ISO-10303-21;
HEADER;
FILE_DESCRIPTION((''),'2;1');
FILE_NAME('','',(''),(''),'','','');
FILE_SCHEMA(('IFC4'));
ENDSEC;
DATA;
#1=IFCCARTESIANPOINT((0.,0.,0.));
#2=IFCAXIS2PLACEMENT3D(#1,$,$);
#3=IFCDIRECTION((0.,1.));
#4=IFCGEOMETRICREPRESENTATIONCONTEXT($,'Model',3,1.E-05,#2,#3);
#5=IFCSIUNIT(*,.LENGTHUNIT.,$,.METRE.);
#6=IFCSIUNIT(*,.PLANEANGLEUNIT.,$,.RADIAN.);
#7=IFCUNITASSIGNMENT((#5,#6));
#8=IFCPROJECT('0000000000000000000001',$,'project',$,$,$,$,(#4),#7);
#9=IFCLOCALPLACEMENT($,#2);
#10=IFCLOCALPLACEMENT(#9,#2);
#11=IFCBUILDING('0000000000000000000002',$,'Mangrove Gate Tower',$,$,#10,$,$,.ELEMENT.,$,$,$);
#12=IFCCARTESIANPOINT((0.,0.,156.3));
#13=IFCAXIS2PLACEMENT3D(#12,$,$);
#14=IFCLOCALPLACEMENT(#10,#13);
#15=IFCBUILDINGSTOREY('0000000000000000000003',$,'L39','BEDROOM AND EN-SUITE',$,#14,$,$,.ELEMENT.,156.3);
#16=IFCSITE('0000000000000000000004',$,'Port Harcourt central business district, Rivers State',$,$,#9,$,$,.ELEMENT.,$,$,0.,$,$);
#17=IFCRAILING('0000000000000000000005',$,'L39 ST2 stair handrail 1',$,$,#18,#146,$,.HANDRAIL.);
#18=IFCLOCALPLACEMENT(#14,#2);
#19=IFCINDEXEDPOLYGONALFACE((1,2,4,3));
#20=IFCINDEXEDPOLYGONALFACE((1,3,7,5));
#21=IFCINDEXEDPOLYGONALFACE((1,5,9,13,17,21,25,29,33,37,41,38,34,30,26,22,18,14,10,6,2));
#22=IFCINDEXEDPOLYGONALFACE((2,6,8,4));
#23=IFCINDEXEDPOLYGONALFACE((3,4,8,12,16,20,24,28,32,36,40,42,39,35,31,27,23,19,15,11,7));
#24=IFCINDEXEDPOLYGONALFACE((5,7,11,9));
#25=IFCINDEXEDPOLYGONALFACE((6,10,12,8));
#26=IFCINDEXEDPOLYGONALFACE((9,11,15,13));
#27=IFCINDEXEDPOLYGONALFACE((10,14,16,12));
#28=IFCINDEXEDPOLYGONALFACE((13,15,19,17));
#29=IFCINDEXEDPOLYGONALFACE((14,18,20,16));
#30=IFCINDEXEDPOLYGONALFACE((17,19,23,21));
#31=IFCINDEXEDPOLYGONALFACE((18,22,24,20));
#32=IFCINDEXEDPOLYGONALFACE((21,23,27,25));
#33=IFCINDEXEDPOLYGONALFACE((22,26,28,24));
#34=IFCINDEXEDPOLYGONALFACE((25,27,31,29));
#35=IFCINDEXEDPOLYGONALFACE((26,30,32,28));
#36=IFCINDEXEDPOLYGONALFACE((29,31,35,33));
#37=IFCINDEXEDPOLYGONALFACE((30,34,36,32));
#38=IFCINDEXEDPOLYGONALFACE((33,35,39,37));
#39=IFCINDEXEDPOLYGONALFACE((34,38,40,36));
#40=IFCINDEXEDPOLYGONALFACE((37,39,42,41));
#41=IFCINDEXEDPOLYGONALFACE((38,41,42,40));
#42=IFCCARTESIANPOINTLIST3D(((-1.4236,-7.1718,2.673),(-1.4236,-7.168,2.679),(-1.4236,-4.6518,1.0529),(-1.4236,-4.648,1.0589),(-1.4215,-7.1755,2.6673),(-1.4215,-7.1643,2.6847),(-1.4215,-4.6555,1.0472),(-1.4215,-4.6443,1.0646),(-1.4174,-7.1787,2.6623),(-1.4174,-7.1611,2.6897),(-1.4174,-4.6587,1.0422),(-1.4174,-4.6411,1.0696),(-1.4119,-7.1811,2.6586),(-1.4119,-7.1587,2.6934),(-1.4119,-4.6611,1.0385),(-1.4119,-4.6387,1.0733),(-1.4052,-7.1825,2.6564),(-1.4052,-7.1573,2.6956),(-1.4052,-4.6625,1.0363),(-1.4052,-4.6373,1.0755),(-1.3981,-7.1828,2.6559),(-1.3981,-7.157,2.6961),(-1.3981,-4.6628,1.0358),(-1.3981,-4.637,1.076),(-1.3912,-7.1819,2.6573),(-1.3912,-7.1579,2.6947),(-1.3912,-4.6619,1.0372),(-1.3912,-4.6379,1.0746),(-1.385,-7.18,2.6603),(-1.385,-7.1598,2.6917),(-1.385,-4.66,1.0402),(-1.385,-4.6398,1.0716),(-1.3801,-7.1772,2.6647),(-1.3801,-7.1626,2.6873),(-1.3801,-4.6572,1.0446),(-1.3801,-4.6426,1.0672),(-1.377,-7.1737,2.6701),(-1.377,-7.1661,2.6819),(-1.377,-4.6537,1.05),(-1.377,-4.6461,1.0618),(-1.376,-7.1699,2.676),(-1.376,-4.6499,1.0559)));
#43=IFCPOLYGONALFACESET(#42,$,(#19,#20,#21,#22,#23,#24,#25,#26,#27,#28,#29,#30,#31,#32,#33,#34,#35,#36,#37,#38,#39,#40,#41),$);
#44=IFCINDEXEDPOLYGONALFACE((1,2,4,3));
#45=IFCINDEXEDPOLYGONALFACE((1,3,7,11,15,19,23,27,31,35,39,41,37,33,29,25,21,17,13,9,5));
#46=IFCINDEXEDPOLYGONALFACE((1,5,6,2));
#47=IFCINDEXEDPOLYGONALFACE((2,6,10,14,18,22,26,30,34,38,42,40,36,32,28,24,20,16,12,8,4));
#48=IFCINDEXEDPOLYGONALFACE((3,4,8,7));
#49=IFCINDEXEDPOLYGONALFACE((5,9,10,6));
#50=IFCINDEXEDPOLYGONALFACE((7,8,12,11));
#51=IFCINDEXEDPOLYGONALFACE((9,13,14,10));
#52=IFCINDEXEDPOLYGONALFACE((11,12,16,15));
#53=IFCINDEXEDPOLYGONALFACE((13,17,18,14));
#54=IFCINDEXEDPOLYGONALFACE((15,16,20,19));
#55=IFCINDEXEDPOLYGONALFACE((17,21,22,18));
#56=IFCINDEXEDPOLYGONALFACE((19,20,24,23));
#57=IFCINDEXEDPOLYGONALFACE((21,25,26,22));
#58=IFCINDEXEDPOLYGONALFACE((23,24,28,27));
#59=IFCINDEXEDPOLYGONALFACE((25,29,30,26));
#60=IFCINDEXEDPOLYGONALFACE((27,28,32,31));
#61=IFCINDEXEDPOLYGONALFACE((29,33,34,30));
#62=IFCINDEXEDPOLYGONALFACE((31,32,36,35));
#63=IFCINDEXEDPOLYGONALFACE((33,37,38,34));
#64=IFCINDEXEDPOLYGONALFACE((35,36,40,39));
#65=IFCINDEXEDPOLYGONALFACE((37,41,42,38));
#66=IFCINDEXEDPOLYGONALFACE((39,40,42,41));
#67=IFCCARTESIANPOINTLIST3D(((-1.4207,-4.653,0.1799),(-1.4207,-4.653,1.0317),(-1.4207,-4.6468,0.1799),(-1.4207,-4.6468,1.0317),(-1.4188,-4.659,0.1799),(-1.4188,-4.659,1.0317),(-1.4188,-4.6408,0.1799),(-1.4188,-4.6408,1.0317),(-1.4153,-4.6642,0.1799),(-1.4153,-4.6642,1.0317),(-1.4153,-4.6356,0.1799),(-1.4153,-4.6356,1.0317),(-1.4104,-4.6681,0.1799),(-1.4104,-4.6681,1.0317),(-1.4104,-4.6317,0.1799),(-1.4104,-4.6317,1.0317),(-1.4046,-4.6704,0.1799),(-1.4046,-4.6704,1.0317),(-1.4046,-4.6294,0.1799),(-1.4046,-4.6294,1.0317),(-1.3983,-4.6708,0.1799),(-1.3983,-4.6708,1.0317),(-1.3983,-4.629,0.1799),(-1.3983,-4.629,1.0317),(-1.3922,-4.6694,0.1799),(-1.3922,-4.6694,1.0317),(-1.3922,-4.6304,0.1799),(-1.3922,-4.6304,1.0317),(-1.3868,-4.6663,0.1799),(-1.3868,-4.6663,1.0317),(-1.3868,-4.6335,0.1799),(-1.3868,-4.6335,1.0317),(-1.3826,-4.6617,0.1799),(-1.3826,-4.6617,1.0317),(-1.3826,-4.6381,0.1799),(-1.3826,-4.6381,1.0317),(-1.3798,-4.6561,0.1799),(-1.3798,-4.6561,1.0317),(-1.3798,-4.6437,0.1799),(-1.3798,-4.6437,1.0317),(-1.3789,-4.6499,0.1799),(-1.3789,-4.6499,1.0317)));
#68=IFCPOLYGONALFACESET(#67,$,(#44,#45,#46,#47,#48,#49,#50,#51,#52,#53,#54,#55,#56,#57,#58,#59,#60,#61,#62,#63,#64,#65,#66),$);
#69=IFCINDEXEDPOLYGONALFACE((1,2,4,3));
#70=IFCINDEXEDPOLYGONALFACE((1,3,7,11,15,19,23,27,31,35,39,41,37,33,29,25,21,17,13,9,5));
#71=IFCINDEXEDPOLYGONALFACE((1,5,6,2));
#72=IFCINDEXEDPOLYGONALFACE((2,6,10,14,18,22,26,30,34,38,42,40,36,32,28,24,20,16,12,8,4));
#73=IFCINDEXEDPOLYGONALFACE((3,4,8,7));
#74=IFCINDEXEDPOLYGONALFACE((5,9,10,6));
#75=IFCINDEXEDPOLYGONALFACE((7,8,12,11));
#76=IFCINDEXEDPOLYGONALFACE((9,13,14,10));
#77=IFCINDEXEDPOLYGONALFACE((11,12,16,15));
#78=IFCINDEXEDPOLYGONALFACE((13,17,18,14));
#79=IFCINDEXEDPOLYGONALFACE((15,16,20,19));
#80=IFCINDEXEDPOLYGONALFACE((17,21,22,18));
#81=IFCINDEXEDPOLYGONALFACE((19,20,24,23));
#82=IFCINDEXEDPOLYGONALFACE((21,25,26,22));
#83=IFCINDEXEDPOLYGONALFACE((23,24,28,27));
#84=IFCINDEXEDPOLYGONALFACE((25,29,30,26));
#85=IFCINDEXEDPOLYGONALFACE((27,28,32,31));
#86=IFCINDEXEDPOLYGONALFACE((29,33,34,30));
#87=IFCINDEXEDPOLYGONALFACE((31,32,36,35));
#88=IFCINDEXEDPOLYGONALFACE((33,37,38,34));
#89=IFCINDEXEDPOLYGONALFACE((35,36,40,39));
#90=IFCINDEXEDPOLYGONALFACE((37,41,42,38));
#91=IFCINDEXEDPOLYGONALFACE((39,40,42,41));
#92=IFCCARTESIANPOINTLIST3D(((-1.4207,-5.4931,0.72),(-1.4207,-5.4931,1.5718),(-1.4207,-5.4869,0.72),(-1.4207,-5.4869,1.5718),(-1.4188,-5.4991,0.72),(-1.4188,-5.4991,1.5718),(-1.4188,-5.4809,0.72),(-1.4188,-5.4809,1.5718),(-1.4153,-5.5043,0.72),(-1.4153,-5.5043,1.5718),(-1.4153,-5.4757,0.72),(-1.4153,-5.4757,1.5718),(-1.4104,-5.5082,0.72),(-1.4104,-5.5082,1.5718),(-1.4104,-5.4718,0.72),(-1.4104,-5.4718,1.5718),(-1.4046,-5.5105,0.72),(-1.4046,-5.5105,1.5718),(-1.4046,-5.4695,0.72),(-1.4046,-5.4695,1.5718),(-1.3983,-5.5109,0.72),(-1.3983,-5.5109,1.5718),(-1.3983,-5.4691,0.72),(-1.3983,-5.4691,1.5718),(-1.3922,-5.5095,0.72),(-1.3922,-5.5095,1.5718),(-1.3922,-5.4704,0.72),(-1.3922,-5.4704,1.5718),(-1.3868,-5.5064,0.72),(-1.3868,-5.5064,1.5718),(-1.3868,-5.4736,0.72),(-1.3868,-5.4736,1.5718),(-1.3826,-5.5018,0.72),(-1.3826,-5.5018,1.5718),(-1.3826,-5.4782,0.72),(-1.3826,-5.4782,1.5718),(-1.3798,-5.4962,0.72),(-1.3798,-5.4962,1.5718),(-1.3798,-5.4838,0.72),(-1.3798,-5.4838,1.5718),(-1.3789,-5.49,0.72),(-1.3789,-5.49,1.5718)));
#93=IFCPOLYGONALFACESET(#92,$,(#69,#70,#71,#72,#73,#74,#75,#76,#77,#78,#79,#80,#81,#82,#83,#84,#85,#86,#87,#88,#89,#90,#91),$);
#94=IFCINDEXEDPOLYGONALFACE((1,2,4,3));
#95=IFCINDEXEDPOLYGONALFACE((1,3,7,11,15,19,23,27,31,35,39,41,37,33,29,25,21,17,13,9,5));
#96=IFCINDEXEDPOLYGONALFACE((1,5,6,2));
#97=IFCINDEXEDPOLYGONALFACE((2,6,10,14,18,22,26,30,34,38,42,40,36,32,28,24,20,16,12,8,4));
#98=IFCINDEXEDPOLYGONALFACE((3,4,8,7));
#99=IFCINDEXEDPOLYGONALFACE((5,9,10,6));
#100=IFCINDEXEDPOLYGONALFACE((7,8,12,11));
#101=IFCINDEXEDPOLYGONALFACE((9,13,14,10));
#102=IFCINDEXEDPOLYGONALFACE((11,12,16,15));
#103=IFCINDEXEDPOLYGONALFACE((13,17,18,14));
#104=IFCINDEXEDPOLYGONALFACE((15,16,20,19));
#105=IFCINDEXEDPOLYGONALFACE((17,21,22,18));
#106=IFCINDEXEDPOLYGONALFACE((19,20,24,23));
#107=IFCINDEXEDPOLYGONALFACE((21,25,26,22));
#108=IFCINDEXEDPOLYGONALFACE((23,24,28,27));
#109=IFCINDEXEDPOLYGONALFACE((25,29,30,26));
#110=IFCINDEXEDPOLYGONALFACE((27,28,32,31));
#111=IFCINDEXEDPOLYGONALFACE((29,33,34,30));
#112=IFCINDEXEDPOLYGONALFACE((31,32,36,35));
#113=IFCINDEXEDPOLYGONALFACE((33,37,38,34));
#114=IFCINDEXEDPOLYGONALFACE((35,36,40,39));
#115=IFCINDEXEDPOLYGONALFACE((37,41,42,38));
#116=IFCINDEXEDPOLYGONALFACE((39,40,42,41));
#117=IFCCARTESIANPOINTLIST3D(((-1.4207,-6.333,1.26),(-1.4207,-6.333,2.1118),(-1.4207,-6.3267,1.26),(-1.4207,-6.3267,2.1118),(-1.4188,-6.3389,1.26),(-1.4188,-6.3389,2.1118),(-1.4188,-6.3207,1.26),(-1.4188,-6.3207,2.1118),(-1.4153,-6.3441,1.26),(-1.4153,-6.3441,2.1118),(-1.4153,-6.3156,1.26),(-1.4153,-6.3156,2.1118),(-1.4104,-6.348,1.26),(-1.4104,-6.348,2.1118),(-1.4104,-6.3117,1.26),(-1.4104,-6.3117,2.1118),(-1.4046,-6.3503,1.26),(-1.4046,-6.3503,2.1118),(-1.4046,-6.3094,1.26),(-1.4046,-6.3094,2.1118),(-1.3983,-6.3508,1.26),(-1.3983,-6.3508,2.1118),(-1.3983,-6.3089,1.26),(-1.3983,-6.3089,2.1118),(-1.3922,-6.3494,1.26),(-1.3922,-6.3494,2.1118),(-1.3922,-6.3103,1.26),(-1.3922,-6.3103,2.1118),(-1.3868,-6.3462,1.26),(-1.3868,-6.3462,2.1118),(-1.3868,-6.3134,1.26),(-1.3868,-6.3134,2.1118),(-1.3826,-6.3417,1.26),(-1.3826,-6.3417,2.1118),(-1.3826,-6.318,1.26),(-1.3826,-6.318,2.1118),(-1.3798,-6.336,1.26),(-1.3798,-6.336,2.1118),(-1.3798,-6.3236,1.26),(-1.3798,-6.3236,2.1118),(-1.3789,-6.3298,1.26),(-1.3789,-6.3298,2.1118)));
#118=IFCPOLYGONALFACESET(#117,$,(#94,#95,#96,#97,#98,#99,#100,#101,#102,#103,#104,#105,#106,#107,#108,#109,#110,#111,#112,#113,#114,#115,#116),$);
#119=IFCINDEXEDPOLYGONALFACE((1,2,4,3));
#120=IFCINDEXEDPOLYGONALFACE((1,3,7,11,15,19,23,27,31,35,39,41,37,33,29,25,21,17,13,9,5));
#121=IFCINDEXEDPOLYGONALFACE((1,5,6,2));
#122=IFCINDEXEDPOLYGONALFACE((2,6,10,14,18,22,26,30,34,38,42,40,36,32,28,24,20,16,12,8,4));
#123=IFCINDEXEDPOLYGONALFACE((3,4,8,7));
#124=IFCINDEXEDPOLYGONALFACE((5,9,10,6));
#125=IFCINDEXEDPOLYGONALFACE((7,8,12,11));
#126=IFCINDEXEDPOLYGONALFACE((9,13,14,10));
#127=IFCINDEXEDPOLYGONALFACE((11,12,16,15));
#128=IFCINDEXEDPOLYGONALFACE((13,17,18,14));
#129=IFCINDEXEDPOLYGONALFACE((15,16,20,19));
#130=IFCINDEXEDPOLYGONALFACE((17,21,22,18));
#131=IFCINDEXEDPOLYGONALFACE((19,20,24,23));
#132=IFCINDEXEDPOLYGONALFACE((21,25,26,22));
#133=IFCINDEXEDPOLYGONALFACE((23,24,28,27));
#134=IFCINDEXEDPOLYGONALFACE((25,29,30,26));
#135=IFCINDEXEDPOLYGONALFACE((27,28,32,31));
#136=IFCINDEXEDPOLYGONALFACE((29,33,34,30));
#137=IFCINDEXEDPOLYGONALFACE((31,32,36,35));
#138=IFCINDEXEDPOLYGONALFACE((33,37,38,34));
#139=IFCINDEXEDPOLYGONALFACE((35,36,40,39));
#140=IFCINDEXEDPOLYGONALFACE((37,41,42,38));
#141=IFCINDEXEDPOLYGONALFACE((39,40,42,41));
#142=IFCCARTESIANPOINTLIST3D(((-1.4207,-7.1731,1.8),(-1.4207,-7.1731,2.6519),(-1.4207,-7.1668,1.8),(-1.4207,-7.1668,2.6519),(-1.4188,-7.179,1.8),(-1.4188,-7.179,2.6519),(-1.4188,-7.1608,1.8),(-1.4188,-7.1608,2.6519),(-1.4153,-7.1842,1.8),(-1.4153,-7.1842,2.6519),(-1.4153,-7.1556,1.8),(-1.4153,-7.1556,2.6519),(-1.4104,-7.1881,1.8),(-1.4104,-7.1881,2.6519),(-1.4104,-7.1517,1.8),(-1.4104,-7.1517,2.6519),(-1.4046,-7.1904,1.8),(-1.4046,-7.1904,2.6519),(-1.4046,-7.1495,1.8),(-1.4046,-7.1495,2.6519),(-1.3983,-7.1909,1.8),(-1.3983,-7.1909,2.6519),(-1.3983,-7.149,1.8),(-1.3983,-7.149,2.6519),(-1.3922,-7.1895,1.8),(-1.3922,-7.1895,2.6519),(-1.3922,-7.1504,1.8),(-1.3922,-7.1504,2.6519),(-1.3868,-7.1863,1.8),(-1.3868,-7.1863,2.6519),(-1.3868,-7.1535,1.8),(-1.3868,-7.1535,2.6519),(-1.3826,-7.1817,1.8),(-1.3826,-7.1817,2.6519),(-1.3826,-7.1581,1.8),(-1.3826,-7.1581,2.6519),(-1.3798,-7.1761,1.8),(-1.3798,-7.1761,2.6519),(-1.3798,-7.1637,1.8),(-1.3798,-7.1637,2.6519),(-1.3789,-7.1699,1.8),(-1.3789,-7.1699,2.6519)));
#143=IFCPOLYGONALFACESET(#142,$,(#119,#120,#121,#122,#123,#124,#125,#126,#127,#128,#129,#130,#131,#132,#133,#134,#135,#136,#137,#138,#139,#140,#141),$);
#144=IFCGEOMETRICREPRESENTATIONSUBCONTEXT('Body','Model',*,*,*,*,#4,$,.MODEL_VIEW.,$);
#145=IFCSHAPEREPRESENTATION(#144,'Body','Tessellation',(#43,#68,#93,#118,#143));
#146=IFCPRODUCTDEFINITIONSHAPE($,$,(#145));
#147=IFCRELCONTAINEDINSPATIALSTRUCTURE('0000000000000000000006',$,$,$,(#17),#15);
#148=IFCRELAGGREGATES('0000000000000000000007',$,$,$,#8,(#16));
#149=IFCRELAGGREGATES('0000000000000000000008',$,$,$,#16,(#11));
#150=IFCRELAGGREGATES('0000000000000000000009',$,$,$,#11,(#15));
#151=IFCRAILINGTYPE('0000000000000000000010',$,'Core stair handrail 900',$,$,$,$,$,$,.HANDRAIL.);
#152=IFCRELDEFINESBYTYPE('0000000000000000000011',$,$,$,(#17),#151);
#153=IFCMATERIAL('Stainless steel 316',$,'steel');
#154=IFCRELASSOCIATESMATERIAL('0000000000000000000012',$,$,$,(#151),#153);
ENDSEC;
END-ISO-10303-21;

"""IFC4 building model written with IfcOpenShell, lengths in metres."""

from ifc_helpers import new_model, si_unit, direction, frame, origin, origin_2d, place, context, subcontext, project, spatial, circle, extrude, material, type_object, element, save


model = new_model("IFC4")

# Units and contexts
model_context = context("Model", 3, precision=1e-05, world=origin(), true_north=direction((0.0, 1.0)))
body_context = subcontext(model_context, "Body", "Model", "MODEL_VIEW")
ifc_project = project(units=[si_unit("LENGTHUNIT", "METRE"), si_unit("PLANEANGLEUNIT", "RADIAN")], contexts=[model_context])

# Site, building, storey
site_placement = place(None, origin())
site = spatial("IfcSite", under=ifc_project, at=site_placement, Name="Port Harcourt central business district, Rivers State", CompositionType="ELEMENT", RefElevation=0.0)
building_placement = place(site_placement, origin())
building = spatial("IfcBuilding", under=site, at=building_placement, Name="Mangrove Gate Tower", CompositionType="ELEMENT")
storey_placement = place(building_placement, frame((0.0, 0.0, 156.3)))
storey = spatial("IfcBuildingStorey", under=building, at=storey_placement, Name="L39", Description="BEDROOM AND EN-SUITE", CompositionType="ELEMENT", Elevation=156.3)

# Railing
ifc_material_1 = material(Name="Stainless steel 316", Category="steel")
railing_type_1 = type_object("IfcRailingType", Name="Core stair handrail 900", PredefinedType="HANDRAIL", material=ifc_material_1)
railing_1_placement = place(storey_placement, frame((-1.3999, -4.6499, 0.1799)))
element("IfcRailing", 1, at=railing_1_placement, inside=storey, type_object=railing_type_1, Name="L39 ST2 stair handrail 1", PredefinedType="HANDRAIL", context=body_context, shape_type="SweptSolid", body=[
    extrude(circle(Radius=0.0239, at=origin_2d()), frame((0.0, 0.0, 0.876), z_axis=(0.0, -0.841163, 0.540782), x_axis=(1.0, 0.0, 0.0)), (0.0, 0.0, 1.0), 2.9958),
    extrude(circle(Radius=0.021, at=origin_2d()), origin(), (0.0, 0.0, 1.0), 0.8518),
    extrude(circle(Radius=0.021, at=origin_2d()), frame((0.0, -0.8401, 0.54)), (0.0, 0.0, 1.0), 0.8518),
    extrude(circle(Radius=0.021, at=origin_2d()), frame((0.0, -1.6799, 1.0801)), (0.0, 0.0, 1.0), 0.8518),
    extrude(circle(Radius=0.021, at=origin_2d()), frame((0.0, -2.52, 1.6201)), (0.0, 0.0, 1.0), 0.8518),
])

save(model, "model.ifc")
